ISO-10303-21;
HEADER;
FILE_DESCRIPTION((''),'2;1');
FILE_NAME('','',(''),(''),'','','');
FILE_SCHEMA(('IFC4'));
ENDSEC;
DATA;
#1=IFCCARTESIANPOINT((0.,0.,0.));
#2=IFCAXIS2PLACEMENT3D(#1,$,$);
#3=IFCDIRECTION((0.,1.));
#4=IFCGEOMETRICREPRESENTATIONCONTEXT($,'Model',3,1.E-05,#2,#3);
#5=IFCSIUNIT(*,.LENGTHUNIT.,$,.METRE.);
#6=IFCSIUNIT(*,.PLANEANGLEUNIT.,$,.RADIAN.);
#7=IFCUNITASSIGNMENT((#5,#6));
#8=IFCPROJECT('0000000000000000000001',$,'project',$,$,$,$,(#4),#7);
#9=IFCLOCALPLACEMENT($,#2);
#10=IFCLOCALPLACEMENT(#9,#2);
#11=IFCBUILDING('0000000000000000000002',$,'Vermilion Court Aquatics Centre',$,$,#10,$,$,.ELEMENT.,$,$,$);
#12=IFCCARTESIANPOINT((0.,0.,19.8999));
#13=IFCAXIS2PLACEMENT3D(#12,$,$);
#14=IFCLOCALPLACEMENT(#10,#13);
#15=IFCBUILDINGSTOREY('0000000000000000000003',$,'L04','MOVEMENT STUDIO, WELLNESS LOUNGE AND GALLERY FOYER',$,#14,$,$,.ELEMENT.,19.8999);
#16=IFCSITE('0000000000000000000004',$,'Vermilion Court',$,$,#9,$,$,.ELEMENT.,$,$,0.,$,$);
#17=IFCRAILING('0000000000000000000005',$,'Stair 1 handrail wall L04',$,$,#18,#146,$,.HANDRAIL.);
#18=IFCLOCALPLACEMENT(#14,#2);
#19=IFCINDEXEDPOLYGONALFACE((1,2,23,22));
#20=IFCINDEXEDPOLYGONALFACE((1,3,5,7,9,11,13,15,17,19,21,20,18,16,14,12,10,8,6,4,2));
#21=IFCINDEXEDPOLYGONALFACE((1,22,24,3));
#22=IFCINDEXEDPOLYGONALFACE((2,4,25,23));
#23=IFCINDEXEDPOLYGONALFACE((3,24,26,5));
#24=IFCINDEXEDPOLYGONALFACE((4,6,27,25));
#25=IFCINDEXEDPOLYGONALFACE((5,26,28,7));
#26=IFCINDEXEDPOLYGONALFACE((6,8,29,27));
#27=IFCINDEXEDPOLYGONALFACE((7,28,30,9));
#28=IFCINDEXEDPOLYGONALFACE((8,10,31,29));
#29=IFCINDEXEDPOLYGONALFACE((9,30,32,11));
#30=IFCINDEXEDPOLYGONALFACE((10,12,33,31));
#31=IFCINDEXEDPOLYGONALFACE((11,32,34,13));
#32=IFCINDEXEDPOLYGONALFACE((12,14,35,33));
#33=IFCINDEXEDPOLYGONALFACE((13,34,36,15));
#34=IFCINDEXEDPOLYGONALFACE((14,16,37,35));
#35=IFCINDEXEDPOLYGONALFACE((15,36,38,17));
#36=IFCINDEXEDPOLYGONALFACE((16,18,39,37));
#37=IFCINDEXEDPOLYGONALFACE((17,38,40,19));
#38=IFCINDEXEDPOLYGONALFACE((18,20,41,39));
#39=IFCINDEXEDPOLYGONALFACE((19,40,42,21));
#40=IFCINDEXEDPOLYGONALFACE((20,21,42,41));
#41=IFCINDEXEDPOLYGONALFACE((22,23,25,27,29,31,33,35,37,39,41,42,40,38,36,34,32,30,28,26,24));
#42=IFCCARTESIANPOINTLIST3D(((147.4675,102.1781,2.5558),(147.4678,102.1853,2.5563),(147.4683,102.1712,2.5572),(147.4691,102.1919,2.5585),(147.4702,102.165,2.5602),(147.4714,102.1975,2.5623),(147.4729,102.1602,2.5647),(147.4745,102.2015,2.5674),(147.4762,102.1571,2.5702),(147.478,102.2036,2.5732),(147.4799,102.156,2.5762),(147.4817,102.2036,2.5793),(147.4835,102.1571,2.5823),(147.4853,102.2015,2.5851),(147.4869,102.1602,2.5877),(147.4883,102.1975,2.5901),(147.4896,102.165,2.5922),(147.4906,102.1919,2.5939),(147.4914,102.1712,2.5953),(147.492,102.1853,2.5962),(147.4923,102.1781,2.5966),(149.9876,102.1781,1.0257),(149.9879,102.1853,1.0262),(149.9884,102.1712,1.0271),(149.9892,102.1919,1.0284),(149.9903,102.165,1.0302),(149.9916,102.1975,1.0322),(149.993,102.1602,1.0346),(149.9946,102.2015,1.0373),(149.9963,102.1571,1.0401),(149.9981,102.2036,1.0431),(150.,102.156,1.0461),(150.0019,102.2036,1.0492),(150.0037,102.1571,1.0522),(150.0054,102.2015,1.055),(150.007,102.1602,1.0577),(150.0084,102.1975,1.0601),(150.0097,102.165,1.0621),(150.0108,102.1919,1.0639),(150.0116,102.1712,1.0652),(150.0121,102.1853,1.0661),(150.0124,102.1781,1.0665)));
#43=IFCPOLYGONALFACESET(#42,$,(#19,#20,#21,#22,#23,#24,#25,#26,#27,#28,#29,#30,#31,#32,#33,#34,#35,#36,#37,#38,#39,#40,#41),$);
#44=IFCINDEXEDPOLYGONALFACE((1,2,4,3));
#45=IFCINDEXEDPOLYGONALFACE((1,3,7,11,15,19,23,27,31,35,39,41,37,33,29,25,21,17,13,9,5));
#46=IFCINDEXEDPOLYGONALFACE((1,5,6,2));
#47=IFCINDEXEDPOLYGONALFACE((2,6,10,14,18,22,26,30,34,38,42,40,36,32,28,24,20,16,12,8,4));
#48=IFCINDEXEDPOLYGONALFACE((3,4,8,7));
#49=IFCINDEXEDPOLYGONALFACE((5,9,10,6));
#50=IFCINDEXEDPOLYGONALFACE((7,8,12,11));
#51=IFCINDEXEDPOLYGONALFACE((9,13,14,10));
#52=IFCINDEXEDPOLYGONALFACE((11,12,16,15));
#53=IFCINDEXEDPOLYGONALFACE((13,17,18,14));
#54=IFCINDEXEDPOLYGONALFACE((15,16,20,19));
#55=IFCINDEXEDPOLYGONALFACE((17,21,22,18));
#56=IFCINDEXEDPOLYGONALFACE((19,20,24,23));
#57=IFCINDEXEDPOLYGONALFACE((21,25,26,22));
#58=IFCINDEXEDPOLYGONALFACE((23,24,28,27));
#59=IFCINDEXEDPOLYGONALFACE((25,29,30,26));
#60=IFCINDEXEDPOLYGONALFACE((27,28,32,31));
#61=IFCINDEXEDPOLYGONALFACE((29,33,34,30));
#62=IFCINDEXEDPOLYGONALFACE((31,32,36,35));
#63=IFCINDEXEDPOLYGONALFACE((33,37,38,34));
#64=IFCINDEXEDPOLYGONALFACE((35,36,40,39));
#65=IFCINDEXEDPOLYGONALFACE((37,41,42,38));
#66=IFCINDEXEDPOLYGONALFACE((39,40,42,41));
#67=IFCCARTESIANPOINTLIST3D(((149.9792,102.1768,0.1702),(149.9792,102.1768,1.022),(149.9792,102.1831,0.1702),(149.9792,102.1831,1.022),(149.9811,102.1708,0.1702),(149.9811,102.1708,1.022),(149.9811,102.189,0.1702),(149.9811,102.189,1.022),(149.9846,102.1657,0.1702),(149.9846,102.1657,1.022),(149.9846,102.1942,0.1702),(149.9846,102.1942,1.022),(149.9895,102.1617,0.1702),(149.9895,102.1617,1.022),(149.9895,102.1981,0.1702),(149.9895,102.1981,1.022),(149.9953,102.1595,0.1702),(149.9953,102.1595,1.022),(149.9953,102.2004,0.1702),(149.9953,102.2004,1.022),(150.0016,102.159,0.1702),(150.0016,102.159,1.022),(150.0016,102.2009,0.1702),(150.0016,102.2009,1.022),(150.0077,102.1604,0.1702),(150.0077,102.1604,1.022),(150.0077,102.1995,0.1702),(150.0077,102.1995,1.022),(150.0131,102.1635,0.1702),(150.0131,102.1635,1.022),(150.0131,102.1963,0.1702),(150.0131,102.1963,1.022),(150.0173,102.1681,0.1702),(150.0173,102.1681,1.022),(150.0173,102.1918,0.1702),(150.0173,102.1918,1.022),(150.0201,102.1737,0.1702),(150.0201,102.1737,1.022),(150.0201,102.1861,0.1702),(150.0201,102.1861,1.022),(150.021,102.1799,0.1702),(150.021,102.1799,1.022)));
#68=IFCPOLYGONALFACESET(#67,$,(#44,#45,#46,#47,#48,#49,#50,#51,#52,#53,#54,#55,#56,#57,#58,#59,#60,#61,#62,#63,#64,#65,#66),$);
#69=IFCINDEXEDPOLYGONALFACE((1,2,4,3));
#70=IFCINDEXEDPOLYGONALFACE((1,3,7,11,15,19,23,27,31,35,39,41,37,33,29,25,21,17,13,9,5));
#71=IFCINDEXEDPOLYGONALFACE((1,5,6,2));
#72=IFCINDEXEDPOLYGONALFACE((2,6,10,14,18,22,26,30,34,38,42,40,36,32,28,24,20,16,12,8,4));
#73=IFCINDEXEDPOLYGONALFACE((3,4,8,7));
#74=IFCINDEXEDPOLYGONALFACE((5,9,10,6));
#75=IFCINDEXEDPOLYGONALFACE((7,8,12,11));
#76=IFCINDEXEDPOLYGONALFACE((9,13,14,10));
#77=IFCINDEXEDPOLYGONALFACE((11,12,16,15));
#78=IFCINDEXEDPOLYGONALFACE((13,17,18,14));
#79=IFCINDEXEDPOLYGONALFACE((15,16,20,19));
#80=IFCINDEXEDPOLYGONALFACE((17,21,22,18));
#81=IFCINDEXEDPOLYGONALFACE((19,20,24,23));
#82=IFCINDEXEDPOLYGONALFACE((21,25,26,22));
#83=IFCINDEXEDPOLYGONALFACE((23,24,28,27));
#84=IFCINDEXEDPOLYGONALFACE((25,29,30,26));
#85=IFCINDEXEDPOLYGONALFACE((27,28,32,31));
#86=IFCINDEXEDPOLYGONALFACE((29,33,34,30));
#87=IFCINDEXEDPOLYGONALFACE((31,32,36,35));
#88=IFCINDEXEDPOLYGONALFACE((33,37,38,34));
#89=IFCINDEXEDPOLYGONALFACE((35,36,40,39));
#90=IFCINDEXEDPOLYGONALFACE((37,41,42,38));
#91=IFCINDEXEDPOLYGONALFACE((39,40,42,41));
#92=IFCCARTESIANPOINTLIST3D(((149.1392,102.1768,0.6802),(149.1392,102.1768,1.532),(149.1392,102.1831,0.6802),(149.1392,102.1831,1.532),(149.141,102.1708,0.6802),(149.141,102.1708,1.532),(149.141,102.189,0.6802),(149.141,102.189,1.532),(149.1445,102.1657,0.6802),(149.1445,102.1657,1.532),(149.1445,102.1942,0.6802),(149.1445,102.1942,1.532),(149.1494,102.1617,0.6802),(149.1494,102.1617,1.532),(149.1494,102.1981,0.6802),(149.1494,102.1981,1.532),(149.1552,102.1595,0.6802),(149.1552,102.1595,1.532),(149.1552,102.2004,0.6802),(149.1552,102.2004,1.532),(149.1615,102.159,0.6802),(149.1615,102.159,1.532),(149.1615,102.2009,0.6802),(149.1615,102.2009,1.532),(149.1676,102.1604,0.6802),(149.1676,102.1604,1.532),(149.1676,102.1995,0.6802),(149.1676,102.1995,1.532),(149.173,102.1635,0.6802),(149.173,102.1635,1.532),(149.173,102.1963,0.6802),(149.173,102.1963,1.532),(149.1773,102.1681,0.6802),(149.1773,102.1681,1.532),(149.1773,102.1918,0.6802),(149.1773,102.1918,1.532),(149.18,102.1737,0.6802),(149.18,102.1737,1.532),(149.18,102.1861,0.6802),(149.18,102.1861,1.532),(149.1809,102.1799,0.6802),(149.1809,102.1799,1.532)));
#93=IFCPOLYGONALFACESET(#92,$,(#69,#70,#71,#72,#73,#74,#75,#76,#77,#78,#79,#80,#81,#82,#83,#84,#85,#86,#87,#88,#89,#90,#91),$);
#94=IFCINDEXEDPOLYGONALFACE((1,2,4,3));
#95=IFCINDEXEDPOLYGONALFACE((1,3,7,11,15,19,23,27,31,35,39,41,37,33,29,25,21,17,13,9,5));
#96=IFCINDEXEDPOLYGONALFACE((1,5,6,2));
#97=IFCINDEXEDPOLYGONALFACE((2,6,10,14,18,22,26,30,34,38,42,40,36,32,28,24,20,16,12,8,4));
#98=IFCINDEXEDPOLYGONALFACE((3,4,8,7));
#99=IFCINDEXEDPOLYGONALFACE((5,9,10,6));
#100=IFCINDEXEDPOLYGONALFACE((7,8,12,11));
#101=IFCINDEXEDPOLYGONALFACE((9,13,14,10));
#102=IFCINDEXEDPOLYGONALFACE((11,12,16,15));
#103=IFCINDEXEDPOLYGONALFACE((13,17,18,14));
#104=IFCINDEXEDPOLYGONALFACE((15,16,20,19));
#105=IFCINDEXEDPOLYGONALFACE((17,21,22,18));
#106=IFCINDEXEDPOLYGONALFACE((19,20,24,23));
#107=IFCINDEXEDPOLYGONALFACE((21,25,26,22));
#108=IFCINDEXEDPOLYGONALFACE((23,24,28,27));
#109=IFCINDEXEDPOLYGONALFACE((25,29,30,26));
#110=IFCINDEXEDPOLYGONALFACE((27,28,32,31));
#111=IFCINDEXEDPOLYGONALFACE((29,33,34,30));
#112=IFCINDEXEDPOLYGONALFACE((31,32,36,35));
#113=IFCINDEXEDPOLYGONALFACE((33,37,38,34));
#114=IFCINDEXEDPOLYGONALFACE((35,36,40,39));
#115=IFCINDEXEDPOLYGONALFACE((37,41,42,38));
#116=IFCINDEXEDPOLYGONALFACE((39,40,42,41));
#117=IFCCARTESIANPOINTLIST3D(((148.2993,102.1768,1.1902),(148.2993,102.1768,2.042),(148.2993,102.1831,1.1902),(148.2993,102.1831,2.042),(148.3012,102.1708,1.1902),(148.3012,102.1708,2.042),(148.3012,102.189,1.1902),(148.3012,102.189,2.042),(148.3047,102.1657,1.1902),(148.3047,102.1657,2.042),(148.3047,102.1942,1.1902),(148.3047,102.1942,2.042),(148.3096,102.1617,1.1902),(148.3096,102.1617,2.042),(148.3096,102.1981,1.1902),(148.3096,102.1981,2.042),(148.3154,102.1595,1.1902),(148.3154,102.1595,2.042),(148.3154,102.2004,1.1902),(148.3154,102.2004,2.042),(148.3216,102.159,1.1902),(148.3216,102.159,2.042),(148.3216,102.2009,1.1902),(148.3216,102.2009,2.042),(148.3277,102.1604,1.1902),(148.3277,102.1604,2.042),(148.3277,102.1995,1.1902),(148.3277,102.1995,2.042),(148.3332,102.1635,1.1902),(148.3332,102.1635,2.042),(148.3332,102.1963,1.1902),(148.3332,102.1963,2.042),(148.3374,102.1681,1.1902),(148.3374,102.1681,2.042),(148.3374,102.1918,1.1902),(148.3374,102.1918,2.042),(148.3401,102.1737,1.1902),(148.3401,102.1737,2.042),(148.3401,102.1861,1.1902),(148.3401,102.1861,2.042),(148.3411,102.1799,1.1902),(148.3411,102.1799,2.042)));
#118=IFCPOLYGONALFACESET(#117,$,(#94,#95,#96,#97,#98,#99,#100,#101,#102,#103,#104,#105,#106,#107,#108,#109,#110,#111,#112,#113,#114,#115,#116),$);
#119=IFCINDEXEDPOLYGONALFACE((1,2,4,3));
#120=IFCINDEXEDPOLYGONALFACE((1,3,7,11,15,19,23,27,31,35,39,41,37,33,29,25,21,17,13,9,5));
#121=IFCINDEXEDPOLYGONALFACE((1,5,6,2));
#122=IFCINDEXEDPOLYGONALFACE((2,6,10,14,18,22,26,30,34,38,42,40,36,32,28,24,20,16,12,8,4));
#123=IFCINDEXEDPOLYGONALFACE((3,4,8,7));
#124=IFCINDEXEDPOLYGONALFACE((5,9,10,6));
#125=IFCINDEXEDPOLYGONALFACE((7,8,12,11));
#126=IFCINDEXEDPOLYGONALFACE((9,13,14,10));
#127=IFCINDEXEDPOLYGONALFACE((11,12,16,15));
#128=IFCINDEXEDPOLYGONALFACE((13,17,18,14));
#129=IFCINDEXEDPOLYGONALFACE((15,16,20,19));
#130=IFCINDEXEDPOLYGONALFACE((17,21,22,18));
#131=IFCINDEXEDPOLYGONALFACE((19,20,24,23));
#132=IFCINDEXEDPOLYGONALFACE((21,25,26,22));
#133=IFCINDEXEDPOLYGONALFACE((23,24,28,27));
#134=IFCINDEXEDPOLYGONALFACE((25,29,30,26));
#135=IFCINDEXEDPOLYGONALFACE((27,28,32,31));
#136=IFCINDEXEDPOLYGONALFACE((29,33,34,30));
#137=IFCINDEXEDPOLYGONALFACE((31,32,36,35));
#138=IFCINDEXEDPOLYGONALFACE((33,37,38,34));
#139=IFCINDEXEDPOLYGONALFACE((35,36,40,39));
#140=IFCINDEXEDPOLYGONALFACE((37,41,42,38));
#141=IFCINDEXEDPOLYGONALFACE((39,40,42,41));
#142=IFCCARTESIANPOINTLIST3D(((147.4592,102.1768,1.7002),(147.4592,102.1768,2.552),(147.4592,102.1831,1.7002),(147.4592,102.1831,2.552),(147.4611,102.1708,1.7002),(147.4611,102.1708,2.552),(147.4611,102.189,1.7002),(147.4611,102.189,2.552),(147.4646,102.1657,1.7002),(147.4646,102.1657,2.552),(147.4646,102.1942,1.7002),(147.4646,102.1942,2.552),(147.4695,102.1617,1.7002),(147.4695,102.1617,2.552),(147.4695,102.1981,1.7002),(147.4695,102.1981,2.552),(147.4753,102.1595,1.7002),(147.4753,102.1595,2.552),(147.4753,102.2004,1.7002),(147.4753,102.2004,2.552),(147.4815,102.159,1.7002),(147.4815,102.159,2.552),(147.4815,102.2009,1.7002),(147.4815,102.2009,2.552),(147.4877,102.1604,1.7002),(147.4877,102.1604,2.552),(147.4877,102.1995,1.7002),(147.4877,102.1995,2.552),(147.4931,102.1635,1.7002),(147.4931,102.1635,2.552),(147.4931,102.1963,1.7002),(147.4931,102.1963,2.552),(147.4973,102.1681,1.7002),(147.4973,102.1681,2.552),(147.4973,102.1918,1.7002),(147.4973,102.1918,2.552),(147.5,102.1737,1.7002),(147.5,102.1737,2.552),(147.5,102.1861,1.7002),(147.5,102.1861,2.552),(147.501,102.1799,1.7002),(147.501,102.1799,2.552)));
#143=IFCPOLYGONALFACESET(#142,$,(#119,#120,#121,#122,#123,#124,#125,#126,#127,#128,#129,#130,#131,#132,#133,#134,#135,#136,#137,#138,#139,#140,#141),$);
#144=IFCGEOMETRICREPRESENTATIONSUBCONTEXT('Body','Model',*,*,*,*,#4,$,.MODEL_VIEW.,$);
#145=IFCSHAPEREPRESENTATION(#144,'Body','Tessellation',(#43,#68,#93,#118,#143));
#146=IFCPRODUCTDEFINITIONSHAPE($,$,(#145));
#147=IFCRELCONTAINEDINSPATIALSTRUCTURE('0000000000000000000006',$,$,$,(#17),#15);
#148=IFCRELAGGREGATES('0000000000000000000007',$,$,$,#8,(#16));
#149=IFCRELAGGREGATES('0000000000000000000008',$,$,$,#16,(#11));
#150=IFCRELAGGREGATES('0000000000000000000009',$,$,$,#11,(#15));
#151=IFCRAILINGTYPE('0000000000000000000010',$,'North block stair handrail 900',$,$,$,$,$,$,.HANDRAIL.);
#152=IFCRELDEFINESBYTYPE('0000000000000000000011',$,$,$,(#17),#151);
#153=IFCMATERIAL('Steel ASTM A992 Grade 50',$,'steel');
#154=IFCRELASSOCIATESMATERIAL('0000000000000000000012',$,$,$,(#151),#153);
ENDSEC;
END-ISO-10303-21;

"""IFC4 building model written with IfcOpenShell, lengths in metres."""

from ifc_helpers import new_model, si_unit, direction, frame, origin, origin_2d, place, context, subcontext, project, spatial, circle, extrude, material, type_object, element, save


model = new_model("IFC4")

# Units and contexts
model_context = context("Model", 3, precision=1e-05, world=origin(), true_north=direction((0.0, 1.0)))
body_context = subcontext(model_context, "Body", "Model", "MODEL_VIEW")
ifc_project = project(units=[si_unit("LENGTHUNIT", "METRE"), si_unit("PLANEANGLEUNIT", "RADIAN")], contexts=[model_context])

# Site, building, storey
site_placement = place(None, origin())
site = spatial("IfcSite", under=ifc_project, at=site_placement, Name="Vermilion Court", CompositionType="ELEMENT", RefElevation=0.0)
building_placement = place(site_placement, origin())
building = spatial("IfcBuilding", under=site, at=building_placement, Name="Vermilion Court Aquatics Centre", CompositionType="ELEMENT")
storey_placement = place(building_placement, frame((0.0, 0.0, 19.8999)))
storey = spatial("IfcBuildingStorey", under=building, at=storey_placement, Name="L04", Description="MOVEMENT STUDIO, WELLNESS LOUNGE AND GALLERY FOYER", CompositionType="ELEMENT", Elevation=19.8999)

# Railing
ifc_material_1 = material(Name="Steel ASTM A992 Grade 50", Category="steel")
railing_type_1 = type_object("IfcRailingType", Name="North block stair handrail 900", PredefinedType="HANDRAIL", material=ifc_material_1)
for number, where, name in (
    (1, (150.0, 102.1799, 0.1702), "Stair 1 handrail wall L04"),
):
    element("IfcRailing", number, at=place(storey_placement, frame(where)), inside=storey, type_object=railing_type_1, Name=name, PredefinedType="HANDRAIL", context=body_context, shape_type="SweptSolid", body=[
        extrude(circle(Radius=0.0239, at=origin_2d()), frame((0.0, 0.0, 0.876), z_axis=(-0.854785, 0.0, 0.518982), x_axis=(0.0, -1.0, 0.0)), (0.0, 0.0, 1.0), 2.9482),
        extrude(circle(Radius=0.021, at=origin_2d()), origin(), (0.0, 0.0, 1.0), 0.8518),
        extrude(circle(Radius=0.021, at=origin_2d()), frame((-0.8401, 0.0, 0.51)), (0.0, 0.0, 1.0), 0.8518),
        extrude(circle(Radius=0.021, at=origin_2d()), frame((-1.6799, 0.0, 1.02)), (0.0, 0.0, 1.0), 0.8518),
        extrude(circle(Radius=0.021, at=origin_2d()), frame((-2.52, 0.0, 1.53)), (0.0, 0.0, 1.0), 0.8518),
    ])

save(model, "model.ifc")
